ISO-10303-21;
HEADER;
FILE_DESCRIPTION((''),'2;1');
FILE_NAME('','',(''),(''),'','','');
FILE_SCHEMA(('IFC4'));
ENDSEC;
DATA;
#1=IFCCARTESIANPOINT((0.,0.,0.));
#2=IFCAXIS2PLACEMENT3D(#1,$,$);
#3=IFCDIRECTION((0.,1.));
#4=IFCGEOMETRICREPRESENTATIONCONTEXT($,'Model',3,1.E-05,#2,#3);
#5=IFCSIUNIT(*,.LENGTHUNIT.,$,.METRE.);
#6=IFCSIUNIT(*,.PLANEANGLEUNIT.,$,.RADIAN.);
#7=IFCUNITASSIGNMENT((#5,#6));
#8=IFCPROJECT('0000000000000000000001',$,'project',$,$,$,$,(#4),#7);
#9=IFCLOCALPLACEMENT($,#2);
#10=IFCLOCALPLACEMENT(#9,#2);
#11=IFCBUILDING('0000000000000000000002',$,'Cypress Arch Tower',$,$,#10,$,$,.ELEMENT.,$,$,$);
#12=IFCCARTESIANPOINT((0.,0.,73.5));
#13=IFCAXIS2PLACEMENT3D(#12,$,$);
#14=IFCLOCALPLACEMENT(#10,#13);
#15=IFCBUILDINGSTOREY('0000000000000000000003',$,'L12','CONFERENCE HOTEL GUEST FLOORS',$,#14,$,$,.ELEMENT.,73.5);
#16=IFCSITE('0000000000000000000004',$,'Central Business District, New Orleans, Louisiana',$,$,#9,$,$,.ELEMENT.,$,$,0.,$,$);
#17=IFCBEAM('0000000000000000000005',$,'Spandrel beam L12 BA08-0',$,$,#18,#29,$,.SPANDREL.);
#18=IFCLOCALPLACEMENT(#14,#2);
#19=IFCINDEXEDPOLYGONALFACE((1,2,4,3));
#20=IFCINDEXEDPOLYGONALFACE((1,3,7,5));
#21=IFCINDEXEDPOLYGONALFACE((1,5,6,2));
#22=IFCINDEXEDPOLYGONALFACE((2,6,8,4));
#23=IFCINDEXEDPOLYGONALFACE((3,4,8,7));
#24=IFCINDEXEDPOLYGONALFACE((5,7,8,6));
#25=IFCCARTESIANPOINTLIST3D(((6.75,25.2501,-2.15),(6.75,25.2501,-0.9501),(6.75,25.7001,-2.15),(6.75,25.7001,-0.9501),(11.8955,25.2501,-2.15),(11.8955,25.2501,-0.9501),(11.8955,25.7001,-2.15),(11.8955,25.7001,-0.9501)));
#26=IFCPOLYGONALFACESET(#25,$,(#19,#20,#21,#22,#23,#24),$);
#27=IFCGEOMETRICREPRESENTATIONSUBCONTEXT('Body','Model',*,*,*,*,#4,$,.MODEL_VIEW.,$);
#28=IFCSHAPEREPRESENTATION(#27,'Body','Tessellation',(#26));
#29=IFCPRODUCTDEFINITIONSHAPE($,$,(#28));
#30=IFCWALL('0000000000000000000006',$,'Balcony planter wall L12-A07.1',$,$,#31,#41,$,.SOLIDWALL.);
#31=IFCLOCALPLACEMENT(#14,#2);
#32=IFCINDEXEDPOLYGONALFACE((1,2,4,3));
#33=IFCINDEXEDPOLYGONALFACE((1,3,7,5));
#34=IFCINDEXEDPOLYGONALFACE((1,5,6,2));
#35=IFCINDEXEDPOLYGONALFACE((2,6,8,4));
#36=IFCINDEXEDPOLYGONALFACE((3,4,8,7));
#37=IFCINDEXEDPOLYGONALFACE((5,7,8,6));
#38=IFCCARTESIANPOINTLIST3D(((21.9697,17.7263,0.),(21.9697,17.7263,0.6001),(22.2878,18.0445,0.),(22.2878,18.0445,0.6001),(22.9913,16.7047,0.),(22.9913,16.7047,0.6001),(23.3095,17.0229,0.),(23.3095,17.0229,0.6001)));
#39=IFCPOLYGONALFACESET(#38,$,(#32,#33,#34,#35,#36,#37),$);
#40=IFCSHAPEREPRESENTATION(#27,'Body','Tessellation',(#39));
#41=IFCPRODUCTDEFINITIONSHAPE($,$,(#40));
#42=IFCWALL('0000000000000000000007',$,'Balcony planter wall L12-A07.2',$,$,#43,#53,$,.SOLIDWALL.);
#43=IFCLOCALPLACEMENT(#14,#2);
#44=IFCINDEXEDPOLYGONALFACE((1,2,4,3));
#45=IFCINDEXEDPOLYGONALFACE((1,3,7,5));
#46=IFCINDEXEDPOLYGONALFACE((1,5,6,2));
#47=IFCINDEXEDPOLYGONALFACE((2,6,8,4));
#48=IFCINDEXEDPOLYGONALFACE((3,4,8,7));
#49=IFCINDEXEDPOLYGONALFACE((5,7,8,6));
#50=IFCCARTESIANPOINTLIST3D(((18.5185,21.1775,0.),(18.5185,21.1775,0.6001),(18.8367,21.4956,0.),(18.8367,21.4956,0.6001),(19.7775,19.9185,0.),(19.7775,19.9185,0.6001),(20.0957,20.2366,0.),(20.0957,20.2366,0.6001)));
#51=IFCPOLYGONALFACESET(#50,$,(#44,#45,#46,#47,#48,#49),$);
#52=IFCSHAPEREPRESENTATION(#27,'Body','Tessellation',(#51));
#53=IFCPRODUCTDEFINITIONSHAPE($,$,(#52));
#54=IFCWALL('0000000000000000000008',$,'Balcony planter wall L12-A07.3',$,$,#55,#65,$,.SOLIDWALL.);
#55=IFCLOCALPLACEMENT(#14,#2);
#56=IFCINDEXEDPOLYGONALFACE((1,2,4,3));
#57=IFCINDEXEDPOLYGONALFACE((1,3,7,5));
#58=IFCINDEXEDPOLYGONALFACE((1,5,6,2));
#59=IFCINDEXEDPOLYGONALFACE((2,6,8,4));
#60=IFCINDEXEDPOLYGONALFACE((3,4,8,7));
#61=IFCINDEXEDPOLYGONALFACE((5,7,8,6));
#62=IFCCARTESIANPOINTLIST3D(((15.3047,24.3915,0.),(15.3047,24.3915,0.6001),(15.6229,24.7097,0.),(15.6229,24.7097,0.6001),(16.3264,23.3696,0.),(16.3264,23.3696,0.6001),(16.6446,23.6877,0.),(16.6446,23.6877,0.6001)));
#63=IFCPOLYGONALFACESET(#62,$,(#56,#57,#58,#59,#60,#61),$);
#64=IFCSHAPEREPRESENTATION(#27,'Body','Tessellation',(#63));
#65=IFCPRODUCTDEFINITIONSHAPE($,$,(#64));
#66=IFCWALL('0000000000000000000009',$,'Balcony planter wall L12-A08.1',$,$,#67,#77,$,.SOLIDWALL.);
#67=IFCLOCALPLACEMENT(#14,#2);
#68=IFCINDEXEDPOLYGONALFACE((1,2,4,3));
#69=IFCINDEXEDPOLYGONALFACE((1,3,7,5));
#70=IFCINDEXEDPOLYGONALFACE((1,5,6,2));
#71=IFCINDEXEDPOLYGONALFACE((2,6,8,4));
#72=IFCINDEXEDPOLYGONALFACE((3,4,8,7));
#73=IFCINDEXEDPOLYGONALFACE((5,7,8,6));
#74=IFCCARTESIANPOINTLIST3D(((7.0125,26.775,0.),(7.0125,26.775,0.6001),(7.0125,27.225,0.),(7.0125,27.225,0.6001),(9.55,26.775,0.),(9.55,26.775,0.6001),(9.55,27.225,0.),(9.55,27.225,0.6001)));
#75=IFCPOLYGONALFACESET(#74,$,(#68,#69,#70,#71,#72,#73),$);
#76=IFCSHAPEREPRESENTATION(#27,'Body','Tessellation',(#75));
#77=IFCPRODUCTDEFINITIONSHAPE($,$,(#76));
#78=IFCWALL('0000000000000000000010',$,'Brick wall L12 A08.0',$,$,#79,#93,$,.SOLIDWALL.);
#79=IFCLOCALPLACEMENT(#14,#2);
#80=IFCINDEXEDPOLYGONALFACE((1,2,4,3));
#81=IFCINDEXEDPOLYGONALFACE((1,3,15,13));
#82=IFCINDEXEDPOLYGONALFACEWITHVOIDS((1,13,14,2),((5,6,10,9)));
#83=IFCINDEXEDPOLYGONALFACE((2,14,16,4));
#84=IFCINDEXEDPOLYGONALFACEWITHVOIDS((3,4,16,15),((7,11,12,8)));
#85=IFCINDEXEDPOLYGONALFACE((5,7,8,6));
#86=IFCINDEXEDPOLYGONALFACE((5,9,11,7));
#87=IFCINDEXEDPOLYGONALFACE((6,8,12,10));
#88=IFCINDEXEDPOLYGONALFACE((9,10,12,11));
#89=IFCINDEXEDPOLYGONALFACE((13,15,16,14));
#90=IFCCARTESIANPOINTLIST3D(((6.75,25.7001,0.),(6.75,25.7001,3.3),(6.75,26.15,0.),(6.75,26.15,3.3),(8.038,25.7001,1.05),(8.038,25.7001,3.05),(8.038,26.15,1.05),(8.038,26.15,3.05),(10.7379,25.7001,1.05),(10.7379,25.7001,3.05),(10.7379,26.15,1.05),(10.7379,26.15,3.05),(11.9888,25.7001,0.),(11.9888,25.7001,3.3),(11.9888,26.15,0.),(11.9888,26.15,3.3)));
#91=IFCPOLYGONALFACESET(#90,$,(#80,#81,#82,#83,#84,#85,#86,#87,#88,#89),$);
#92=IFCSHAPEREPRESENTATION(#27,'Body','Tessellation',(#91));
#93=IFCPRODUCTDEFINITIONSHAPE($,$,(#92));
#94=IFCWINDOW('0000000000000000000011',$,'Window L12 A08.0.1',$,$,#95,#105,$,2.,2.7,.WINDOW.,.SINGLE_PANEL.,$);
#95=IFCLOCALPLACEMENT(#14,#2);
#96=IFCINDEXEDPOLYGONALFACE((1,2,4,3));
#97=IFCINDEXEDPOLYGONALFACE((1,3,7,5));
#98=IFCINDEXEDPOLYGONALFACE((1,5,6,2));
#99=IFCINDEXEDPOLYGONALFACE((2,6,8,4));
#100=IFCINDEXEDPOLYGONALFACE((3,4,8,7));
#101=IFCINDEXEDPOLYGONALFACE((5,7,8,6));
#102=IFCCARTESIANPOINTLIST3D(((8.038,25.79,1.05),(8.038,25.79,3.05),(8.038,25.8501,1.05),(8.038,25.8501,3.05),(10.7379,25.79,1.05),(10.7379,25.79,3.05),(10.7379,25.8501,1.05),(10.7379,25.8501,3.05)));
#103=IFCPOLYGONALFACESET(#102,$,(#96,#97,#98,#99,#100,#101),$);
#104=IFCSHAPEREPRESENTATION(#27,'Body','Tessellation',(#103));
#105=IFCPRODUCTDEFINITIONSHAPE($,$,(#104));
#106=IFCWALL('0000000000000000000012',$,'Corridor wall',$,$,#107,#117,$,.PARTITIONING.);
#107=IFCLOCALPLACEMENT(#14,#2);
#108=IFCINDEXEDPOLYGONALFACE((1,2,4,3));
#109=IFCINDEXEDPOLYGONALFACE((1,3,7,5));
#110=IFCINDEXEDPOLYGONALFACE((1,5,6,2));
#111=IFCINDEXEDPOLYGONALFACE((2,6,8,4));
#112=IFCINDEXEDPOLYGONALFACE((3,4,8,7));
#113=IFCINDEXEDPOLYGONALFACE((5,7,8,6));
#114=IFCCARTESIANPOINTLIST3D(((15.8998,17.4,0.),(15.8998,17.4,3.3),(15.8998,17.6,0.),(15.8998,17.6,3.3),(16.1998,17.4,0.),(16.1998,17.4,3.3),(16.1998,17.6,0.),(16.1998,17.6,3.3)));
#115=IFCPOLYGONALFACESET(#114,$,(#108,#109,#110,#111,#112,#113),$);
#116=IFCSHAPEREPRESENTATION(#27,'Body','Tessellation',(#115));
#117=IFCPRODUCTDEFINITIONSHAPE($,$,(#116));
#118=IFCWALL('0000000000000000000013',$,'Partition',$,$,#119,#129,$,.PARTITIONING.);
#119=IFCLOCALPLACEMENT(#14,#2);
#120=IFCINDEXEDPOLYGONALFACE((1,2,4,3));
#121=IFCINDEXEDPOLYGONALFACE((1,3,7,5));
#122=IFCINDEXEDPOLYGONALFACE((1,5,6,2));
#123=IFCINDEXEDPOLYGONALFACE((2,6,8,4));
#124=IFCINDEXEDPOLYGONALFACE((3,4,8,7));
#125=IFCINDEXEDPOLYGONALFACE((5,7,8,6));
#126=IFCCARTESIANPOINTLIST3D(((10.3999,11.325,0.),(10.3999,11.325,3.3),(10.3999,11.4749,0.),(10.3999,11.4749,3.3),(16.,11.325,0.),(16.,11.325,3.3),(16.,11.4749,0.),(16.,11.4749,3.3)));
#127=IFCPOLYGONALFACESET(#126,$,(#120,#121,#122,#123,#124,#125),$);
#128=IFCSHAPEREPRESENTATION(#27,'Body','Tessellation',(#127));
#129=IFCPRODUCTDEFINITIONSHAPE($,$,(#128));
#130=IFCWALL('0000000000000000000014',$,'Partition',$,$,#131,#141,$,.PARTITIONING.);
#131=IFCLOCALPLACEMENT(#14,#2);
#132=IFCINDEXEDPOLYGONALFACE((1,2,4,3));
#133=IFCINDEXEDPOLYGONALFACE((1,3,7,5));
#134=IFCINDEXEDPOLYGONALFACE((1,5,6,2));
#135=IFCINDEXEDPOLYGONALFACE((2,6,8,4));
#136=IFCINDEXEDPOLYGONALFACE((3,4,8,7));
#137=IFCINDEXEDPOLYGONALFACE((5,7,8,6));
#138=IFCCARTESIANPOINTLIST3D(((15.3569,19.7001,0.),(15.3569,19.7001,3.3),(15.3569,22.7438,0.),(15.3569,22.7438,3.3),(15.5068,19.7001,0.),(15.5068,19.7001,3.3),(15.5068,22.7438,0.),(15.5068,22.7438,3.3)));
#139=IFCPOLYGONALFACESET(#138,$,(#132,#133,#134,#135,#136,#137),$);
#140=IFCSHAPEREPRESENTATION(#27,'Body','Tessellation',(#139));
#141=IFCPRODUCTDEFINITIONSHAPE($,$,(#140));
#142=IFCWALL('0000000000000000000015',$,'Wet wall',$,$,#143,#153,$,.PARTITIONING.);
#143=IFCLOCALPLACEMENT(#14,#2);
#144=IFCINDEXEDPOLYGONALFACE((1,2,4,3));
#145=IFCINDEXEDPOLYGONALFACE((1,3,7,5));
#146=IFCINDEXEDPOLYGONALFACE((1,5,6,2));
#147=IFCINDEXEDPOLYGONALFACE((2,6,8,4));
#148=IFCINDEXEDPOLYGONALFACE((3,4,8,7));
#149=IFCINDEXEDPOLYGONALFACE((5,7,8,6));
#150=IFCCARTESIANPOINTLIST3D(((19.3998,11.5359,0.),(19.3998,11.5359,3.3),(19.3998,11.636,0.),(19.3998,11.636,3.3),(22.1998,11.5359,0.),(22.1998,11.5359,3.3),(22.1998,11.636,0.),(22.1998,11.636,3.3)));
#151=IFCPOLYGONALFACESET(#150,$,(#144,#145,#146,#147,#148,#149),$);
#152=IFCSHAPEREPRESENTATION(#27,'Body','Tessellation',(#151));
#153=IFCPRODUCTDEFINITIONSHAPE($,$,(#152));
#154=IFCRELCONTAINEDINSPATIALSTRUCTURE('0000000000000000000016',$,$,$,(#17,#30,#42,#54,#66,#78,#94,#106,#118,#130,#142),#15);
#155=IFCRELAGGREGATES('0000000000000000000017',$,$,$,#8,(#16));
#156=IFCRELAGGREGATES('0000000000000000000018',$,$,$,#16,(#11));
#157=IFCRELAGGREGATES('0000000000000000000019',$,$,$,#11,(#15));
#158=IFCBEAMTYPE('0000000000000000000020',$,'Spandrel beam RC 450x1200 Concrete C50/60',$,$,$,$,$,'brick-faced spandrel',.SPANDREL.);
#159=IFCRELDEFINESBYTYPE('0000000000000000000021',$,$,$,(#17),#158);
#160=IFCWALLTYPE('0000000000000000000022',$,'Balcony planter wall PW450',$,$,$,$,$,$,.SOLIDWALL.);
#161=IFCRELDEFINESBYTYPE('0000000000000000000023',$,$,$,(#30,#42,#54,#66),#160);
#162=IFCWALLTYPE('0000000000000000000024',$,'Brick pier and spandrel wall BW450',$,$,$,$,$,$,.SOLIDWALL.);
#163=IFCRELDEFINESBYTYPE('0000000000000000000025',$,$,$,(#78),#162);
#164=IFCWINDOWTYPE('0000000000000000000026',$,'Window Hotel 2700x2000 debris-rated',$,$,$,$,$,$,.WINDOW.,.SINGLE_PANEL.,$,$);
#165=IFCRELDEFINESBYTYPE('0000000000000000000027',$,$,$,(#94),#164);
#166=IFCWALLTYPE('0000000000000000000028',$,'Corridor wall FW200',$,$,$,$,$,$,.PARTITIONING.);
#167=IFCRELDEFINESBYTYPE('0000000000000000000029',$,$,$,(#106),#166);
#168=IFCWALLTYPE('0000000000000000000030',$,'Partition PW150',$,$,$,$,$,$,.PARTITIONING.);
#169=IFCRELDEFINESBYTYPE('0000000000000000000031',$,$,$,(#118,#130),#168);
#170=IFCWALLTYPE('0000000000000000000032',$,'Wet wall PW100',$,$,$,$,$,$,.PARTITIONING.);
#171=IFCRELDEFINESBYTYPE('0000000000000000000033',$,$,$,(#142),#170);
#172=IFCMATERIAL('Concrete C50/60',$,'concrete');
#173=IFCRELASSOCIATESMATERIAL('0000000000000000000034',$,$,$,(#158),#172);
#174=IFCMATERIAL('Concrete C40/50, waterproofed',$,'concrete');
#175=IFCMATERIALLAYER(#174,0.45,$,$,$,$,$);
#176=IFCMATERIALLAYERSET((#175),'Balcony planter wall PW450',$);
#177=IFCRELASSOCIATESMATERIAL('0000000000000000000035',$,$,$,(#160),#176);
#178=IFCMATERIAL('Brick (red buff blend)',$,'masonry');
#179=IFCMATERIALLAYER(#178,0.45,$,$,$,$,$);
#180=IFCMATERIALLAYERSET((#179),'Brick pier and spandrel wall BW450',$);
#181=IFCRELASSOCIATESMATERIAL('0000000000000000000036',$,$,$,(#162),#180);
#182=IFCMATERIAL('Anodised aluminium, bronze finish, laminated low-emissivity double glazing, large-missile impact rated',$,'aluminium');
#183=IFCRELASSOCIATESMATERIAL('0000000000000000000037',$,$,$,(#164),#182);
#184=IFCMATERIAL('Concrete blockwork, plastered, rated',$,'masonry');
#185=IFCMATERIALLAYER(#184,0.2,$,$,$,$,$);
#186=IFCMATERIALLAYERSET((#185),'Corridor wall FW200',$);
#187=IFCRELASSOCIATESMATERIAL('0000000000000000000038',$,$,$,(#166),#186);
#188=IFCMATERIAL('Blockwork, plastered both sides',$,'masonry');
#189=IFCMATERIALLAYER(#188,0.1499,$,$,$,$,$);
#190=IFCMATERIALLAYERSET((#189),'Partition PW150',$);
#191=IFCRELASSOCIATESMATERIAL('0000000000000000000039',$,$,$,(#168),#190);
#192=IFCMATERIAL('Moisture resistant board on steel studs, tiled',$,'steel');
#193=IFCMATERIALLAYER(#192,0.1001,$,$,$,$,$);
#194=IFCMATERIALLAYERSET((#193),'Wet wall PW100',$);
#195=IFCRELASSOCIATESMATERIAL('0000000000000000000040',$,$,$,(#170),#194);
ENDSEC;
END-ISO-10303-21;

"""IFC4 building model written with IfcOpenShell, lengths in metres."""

from ifc_helpers import new_model, si_unit, direction, frame, frame_2d, origin, origin_2d, place, context, subcontext, project, spatial, rectangle, extrude, material, layer, layer_set, material_profile, profile_set, type_object, element, fill, save


model = new_model("IFC4")

# Units and contexts
model_context = context("Model", 3, precision=1e-05, world=origin(), true_north=direction((0.0, 1.0)))
body_context = subcontext(model_context, "Body", "Model", "MODEL_VIEW")
ifc_project = project(units=[si_unit("LENGTHUNIT", "METRE"), si_unit("PLANEANGLEUNIT", "RADIAN")], contexts=[model_context])

# Site, building, storey
site_placement = place(None, origin())
site = spatial("IfcSite", under=ifc_project, at=site_placement, Name="Central Business District, New Orleans, Louisiana", CompositionType="ELEMENT", RefElevation=0.0)
building_placement = place(site_placement, origin())
building = spatial("IfcBuilding", under=site, at=building_placement, Name="Cypress Arch Tower", CompositionType="ELEMENT")
storey_placement = place(building_placement, frame((0.0, 0.0, 73.5)))
storey = spatial("IfcBuildingStorey", under=building, at=storey_placement, Name="L12", Description="CONFERENCE HOTEL GUEST FLOORS", CompositionType="ELEMENT", Elevation=73.5)

# Beam
ifc_material_1 = material(Name="Concrete C50/60", Category="concrete")
ifc_material_profile_1 = material_profile(ifc_material_1, rectangle(XDim=0.45, YDim=1.2, at=origin_2d()), Name="RC 450x1200")
ifc_profile_set_1 = profile_set([ifc_material_profile_1], Name="Concrete C50/60")
beam_type_1 = type_object("IfcBeamType", Name="Spandrel beam RC 450x1200 Concrete C50/60", ElementType="brick-faced spandrel", PredefinedType="SPANDREL", material=ifc_profile_set_1)
beam_1_placement = place(storey_placement, frame((11.8955, 25.4751, -1.55), z_axis=(-1.0, 0.0, 0.0), x_axis=(0.0, -1.0, 0.0)))
element("IfcBeam", 1, at=beam_1_placement, inside=storey, type_object=beam_type_1, Name="Spandrel beam L12 BA08-0", PredefinedType="SPANDREL", context=body_context, shape_type="SweptSolid", body=[
    extrude(rectangle(XDim=0.45, YDim=1.2, at=origin_2d()), origin(), (0.0, 0.0, 1.0), 5.1455),
])

# Walls
ifc_material_2 = material(Name="Concrete C40/50, waterproofed", Category="concrete")
ifc_layer_1 = layer(ifc_material_2, 0.45)
ifc_layer_set_1 = layer_set([ifc_layer_1], Name="Balcony planter wall PW450")
wall_type_1 = type_object("IfcWallType", Name="Balcony planter wall PW450", PredefinedType="SOLIDWALL", material=ifc_layer_set_1)
wall_1_placement = place(storey_placement, frame((23.1504, 16.8638, 0.0), z_axis=(0.0, 0.0, 1.0), x_axis=(-0.707107, 0.707107, 0.0)))
element("IfcWall", 2, at=wall_1_placement, inside=storey, type_object=wall_type_1, Name="Balcony planter wall L12-A07.1", PredefinedType="SOLIDWALL", context=body_context, shape_type="SweptSolid", body=[
    extrude(rectangle(XDim=1.4448, YDim=0.45, at=frame_2d((0.7224, 0.0))), origin(), (0.0, 0.0, 1.0), 0.6001),
])
wall_2_placement = place(storey_placement, frame((19.9365, 20.0776, 0.0), z_axis=(0.0, 0.0, 1.0), x_axis=(-0.707107, 0.707107, 0.0)))
element("IfcWall", 3, at=wall_2_placement, inside=storey, type_object=wall_type_1, Name="Balcony planter wall L12-A07.2", PredefinedType="SOLIDWALL", context=body_context, shape_type="SweptSolid", body=[
    extrude(rectangle(XDim=1.7805, YDim=0.45, at=frame_2d((0.8901, 0.0))), origin(), (0.0, 0.0, 1.0), 0.6001),
])
wall_3_placement = place(storey_placement, frame((16.4856, 23.5286, 0.0), z_axis=(0.0, 0.0, 1.0), x_axis=(-0.707022, 0.707191, 0.0)))
element("IfcWall", 4, at=wall_3_placement, inside=storey, type_object=wall_type_1, Name="Balcony planter wall L12-A07.3", PredefinedType="SOLIDWALL", context=body_context, shape_type="SweptSolid", body=[
    extrude(rectangle(XDim=1.4451, YDim=0.45, at=frame_2d((0.7227, 0.0))), origin(), (0.0, 0.0, 1.0), 0.6001),
])
wall_4_placement = place(storey_placement, frame((9.55, 27.0, 0.0), z_axis=(0.0, 0.0, 1.0), x_axis=(-1.0, 0.0, 0.0)))
element("IfcWall", 5, at=wall_4_placement, inside=storey, type_object=wall_type_1, Name="Balcony planter wall L12-A08.1", PredefinedType="SOLIDWALL", context=body_context, shape_type="SweptSolid", body=[
    extrude(rectangle(XDim=2.5376, YDim=0.45, at=frame_2d((1.2688, 0.0))), origin(), (0.0, 0.0, 1.0), 0.6001),
])

# Shared definitions
ifc_material_3 = material(Name="Brick (red buff blend)", Category="masonry")
ifc_layer_2 = layer(ifc_material_3, 0.45)
ifc_layer_set_2 = layer_set([ifc_layer_2], Name="Brick pier and spandrel wall BW450")
wall_type_2 = type_object("IfcWallType", Name="Brick pier and spandrel wall BW450", PredefinedType="SOLIDWALL", material=ifc_layer_set_2)
ifc_material_4 = material(Name="Anodised aluminium, bronze finish, laminated low-emissivity double glazing, large-missile impact rated", Category="aluminium")
window_type = type_object("IfcWindowType", Name="Window Hotel 2700x2000 debris-rated", PartitioningType="SINGLE_PANEL", PredefinedType="WINDOW", material=ifc_material_4)

# Wall, opening, window
wall_5_placement = place(storey_placement, frame((11.9888, 25.925, 0.0), z_axis=(0.0, 0.0, 1.0), x_axis=(-1.0, 0.0, 0.0)))
wall_5 = element("IfcWall", 6, at=wall_5_placement, inside=storey, type_object=wall_type_2, Name="Brick wall L12 A08.0", PredefinedType="SOLIDWALL", context=body_context, shape_type="SweptSolid", body=[
    extrude(rectangle(XDim=5.2388, YDim=0.45, at=frame_2d((2.6194, 0.0))), origin(), (0.0, 0.0, 1.0), 3.3),
])
opening_1_placement = place(wall_5_placement, frame((1.2507, 0.0, 1.05)))
opening_1 = element("IfcOpeningElement", 7, at=opening_1_placement, cuts=wall_5, PredefinedType="OPENING", context=body_context, shape_type="SweptSolid", body=[
    extrude(rectangle(XDim=2.7, YDim=2.0, at=frame_2d((1.3501, 1.0))), frame((0.0, 0.2349, 0.0), z_axis=(0.0, -1.0, 0.0), x_axis=(1.0, 0.0, 0.0)), (0.0, 0.0, 1.0), 0.47),
])
window_1_placement = place(opening_1_placement, origin())
window_1 = element("IfcWindow", 8, at=window_1_placement, inside=storey, type_object=window_type, Name="Window L12 A08.0.1", OverallHeight=2.0, OverallWidth=2.7, PartitioningType="SINGLE_PANEL", PredefinedType="WINDOW", context=body_context, shape_type="SweptSolid", body=[
    extrude(rectangle(XDim=2.7, YDim=2.0, at=frame_2d((1.3501, 1.0))), frame((0.0, 0.135, 0.0), z_axis=(0.0, -1.0, 0.0), x_axis=(1.0, 0.0, 0.0)), (0.0, 0.0, 1.0), 0.0601),
])
fill(opening_1, window_1)

# Walls
ifc_material_5 = material(Name="Concrete blockwork, plastered, rated", Category="masonry")
ifc_layer_3 = layer(ifc_material_5, 0.2)
ifc_layer_set_3 = layer_set([ifc_layer_3], Name="Corridor wall FW200")
wall_type_3 = type_object("IfcWallType", Name="Corridor wall FW200", PredefinedType="PARTITIONING", material=ifc_layer_set_3)
wall_6_placement = place(storey_placement, frame((15.8999, 17.5, 0.0), z_axis=(0.0, 0.0, 1.0), x_axis=(1.0, 0.0, 0.0)))
element("IfcWall", 9, at=wall_6_placement, inside=storey, type_object=wall_type_3, Name="Corridor wall", PredefinedType="PARTITIONING", context=body_context, shape_type="SweptSolid", body=[
    extrude(rectangle(XDim=0.3, YDim=0.2, at=frame_2d((0.1499, 0.0))), origin(), (0.0, 0.0, 1.0), 3.3),
])
ifc_material_6 = material(Name="Blockwork, plastered both sides", Category="masonry")
ifc_layer_4 = layer(ifc_material_6, 0.1499)
ifc_layer_set_4 = layer_set([ifc_layer_4], Name="Partition PW150")
wall_type_4 = type_object("IfcWallType", Name="Partition PW150", PredefinedType="PARTITIONING", material=ifc_layer_set_4)
wall_7_placement = place(storey_placement, frame((10.3999, 11.3999, 0.0), z_axis=(0.0, 0.0, 1.0), x_axis=(1.0, 0.0, 0.0)))
element("IfcWall", 10, at=wall_7_placement, inside=storey, type_object=wall_type_4, Name="Partition", PredefinedType="PARTITIONING", context=body_context, shape_type="SweptSolid", body=[
    extrude(rectangle(XDim=5.6001, YDim=0.1499, at=frame_2d((2.8, 0.0))), origin(), (0.0, 0.0, 1.0), 3.3),
])
wall_8_placement = place(storey_placement, frame((15.4319, 19.7, 0.0), z_axis=(0.0, 0.0, 1.0), x_axis=(0.0, 1.0, 0.0)))
element("IfcWall", 11, at=wall_8_placement, inside=storey, type_object=wall_type_4, Name="Partition", PredefinedType="PARTITIONING", context=body_context, shape_type="SweptSolid", body=[
    extrude(rectangle(XDim=3.0437, YDim=0.1499, at=frame_2d((1.522, 0.0))), origin(), (0.0, 0.0, 1.0), 3.3),
])
ifc_material_7 = material(Name="Moisture resistant board on steel studs, tiled", Category="steel")
ifc_layer_5 = layer(ifc_material_7, 0.1001)
ifc_layer_set_5 = layer_set([ifc_layer_5], Name="Wet wall PW100")
wall_type_5 = type_object("IfcWallType", Name="Wet wall PW100", PredefinedType="PARTITIONING", material=ifc_layer_set_5)
wall_9_placement = place(storey_placement, frame((19.3999, 11.5859, 0.0), z_axis=(0.0, 0.0, 1.0), x_axis=(1.0, 0.0, 0.0)))
element("IfcWall", 12, at=wall_9_placement, inside=storey, type_object=wall_type_5, Name="Wet wall", PredefinedType="PARTITIONING", context=body_context, shape_type="SweptSolid", body=[
    extrude(rectangle(XDim=2.8, YDim=0.1001, at=frame_2d((1.3999, 0.0))), origin(), (0.0, 0.0, 1.0), 3.3),
])

save(model, "model.ifc")
